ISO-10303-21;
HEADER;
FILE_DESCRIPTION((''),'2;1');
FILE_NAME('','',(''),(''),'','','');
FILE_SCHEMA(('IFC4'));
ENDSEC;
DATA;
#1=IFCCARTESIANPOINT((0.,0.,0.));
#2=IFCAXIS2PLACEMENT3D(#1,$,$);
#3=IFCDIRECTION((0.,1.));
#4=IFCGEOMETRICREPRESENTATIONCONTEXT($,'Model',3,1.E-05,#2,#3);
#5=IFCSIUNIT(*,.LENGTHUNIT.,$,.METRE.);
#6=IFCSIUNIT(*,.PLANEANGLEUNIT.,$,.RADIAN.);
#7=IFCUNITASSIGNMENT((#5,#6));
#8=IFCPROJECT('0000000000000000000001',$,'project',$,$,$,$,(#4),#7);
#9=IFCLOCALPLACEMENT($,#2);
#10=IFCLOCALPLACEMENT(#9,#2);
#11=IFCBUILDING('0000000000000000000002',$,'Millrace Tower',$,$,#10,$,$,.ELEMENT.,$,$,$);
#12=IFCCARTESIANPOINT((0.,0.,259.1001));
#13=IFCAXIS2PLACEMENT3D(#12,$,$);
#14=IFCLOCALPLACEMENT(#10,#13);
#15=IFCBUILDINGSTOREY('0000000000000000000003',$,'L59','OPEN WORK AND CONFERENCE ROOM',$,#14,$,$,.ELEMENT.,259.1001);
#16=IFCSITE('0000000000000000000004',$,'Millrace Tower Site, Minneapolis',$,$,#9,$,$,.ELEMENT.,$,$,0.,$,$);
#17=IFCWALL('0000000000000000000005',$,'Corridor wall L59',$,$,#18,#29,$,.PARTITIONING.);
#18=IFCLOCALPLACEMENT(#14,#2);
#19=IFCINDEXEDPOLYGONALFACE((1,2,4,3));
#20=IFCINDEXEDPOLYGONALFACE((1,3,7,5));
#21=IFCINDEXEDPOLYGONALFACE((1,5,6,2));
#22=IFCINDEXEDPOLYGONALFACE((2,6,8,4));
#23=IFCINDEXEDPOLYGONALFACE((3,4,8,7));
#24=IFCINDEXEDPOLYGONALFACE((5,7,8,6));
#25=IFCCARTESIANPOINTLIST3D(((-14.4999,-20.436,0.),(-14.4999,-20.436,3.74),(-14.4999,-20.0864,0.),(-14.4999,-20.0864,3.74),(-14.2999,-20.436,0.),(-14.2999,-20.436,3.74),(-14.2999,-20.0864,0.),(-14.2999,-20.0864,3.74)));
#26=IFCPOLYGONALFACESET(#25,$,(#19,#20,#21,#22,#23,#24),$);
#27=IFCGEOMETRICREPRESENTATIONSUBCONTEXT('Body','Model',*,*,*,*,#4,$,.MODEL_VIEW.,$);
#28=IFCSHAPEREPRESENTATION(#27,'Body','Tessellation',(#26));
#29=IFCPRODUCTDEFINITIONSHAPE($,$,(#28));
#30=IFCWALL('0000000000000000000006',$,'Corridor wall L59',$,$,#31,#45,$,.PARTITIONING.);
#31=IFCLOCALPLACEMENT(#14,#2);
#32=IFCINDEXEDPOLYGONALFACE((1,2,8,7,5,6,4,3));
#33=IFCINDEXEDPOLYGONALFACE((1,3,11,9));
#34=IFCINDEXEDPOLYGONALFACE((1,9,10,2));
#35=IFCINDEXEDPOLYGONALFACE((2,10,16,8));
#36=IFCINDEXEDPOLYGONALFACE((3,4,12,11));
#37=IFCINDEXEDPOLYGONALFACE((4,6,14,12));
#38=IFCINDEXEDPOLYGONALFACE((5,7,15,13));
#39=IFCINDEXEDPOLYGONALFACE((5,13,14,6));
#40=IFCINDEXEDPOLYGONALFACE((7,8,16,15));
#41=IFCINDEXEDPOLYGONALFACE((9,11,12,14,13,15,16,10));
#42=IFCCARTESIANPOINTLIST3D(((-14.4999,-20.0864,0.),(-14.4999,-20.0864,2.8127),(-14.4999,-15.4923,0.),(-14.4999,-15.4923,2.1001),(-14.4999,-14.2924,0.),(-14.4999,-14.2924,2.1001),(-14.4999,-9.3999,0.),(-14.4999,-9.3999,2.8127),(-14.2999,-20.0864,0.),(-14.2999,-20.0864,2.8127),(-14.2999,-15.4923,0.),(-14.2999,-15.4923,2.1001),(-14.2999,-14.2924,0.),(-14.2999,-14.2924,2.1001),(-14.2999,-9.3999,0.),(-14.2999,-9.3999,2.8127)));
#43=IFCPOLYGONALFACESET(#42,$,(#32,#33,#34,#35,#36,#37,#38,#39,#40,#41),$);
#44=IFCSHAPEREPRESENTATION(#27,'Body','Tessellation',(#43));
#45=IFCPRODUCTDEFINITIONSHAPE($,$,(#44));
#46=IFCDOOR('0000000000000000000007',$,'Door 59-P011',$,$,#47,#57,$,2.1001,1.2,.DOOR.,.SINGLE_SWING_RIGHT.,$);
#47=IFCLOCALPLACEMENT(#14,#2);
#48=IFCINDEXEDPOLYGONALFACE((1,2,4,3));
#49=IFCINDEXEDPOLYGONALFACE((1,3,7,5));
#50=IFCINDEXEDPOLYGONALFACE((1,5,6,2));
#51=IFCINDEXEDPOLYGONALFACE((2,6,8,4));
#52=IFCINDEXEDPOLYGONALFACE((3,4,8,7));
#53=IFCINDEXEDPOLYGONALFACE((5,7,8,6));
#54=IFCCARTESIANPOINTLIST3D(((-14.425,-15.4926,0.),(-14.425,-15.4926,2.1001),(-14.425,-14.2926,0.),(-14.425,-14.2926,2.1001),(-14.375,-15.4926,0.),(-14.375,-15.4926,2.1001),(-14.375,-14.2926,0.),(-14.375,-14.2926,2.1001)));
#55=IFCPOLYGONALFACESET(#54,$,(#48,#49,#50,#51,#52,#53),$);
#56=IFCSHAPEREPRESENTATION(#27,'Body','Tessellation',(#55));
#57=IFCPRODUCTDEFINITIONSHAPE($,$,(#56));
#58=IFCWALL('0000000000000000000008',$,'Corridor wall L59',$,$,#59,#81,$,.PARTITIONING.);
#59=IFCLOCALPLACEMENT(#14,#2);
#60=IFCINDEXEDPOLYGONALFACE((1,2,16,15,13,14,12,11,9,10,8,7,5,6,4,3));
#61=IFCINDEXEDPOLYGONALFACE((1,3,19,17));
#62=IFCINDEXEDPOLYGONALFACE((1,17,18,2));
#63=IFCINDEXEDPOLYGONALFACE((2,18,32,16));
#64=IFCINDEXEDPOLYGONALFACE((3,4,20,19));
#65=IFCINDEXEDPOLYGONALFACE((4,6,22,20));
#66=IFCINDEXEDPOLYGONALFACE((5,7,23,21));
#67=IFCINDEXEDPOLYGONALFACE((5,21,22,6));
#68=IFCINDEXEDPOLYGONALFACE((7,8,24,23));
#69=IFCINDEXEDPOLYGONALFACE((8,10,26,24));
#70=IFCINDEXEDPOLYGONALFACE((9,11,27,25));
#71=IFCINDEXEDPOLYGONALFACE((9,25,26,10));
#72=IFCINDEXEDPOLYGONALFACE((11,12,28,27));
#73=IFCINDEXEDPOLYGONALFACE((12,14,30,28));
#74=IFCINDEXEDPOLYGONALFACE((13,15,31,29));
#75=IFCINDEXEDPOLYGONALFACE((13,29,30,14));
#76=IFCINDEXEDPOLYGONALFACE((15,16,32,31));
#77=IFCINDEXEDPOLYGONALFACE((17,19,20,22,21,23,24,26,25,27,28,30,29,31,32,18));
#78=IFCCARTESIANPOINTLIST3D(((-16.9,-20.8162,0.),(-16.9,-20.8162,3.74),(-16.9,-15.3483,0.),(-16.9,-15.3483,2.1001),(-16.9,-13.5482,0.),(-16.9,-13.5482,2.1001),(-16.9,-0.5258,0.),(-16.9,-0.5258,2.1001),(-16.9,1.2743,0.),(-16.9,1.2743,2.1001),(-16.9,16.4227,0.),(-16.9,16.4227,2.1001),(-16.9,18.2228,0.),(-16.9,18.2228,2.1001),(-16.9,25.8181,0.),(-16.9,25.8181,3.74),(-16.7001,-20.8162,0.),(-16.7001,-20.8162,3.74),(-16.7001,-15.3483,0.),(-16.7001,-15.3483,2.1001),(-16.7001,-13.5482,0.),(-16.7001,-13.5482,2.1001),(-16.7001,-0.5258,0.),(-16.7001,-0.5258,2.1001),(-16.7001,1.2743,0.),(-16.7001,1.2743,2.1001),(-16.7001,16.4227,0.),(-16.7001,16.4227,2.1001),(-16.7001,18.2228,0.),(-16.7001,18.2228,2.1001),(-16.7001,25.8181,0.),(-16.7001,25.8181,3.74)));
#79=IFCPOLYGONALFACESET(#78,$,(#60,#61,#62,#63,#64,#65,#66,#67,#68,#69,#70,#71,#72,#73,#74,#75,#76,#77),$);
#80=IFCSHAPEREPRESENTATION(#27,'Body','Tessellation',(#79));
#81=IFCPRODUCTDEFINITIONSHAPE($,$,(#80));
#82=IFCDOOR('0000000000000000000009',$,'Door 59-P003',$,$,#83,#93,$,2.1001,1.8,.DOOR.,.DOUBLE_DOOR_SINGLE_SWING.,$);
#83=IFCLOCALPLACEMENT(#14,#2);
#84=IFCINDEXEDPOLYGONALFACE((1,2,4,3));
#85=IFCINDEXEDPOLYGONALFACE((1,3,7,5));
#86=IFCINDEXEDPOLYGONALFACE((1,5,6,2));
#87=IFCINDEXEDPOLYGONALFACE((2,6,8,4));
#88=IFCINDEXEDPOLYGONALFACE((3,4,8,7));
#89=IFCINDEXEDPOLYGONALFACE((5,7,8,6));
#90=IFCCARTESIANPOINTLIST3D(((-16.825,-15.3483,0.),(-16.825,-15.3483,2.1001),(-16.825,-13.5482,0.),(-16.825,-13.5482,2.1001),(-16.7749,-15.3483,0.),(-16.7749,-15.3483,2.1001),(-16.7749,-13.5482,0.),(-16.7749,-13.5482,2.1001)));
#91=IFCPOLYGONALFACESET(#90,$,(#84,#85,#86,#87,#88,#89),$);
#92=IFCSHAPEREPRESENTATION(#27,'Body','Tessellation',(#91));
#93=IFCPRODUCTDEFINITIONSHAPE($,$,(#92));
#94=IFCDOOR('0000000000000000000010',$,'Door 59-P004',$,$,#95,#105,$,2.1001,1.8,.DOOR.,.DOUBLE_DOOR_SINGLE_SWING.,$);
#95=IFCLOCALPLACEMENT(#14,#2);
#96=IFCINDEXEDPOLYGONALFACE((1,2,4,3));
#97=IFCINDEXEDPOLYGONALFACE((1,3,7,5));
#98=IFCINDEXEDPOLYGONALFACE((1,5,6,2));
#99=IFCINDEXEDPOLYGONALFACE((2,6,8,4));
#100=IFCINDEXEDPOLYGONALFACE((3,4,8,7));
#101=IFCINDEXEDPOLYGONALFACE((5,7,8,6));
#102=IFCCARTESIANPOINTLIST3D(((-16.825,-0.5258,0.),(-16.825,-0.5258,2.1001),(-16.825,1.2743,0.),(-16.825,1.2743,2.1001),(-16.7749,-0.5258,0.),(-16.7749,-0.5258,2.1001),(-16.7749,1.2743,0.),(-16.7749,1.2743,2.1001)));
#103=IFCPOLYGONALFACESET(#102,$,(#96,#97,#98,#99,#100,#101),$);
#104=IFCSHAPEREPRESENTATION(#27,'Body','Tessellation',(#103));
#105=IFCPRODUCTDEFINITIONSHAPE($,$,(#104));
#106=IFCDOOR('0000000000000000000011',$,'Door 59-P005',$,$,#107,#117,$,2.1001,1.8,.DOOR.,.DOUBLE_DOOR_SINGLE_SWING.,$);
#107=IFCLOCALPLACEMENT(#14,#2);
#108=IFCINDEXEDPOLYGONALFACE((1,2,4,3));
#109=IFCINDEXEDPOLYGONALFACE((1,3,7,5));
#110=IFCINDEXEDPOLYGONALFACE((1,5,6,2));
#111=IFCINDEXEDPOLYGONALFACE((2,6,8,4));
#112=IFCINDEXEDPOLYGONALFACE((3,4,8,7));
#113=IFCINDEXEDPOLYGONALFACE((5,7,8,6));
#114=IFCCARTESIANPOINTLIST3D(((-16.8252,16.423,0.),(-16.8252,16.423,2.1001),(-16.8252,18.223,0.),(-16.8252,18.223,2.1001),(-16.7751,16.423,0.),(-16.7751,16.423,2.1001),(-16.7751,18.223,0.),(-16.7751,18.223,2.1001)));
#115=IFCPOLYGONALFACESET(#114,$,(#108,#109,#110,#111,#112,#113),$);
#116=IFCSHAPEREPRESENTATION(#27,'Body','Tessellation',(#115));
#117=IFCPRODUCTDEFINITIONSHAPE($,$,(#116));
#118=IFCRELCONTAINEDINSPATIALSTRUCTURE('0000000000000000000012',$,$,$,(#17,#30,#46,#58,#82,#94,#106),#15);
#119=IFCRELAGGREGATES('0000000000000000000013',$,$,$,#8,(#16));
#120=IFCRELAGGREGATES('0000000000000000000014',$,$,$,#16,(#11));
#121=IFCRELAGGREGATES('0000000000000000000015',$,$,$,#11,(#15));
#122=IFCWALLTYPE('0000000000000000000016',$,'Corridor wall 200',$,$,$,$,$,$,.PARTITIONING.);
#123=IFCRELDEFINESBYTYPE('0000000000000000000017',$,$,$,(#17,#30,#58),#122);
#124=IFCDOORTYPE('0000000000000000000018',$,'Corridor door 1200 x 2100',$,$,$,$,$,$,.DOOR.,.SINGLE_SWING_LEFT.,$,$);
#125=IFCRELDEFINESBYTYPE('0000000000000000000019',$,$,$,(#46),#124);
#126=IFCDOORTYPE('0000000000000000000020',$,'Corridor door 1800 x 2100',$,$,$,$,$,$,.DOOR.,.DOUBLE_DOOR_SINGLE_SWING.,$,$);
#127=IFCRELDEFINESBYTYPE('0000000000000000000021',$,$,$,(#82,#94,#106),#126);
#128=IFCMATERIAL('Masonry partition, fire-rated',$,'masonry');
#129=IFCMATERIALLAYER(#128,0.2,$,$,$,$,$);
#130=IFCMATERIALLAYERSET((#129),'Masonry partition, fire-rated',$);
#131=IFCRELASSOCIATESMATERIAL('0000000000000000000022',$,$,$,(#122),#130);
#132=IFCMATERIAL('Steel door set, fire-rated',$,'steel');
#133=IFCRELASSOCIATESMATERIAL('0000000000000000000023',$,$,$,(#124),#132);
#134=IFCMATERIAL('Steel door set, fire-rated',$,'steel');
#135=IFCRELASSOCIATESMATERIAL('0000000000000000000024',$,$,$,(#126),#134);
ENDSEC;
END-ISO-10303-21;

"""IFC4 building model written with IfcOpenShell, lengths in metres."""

from ifc_helpers import new_model, si_unit, direction, frame, frame_2d, origin, place, context, subcontext, project, spatial, rectangle, extrude, material, layer, layer_set, type_object, element, fill, save


model = new_model("IFC4")

# Units and contexts
model_context = context("Model", 3, precision=1e-05, world=origin(), true_north=direction((0.0, 1.0)))
body_context = subcontext(model_context, "Body", "Model", "MODEL_VIEW")
ifc_project = project(units=[si_unit("LENGTHUNIT", "METRE"), si_unit("PLANEANGLEUNIT", "RADIAN")], contexts=[model_context])

# Site, building, storey
site_placement = place(None, origin())
site = spatial("IfcSite", under=ifc_project, at=site_placement, Name="Millrace Tower Site, Minneapolis", CompositionType="ELEMENT", RefElevation=0.0)
building_placement = place(site_placement, origin())
building = spatial("IfcBuilding", under=site, at=building_placement, Name="Millrace Tower", CompositionType="ELEMENT")
storey_placement = place(building_placement, frame((0.0, 0.0, 259.1001)))
storey = spatial("IfcBuildingStorey", under=building, at=storey_placement, Name="L59", Description="OPEN WORK AND CONFERENCE ROOM", CompositionType="ELEMENT", Elevation=259.1001)

# Wall
ifc_material_1 = material(Name="Masonry partition, fire-rated", Category="masonry")
ifc_layer_1 = layer(ifc_material_1, 0.2)
ifc_layer_set_1 = layer_set([ifc_layer_1], Name="Masonry partition, fire-rated")
wall_type = type_object("IfcWallType", Name="Corridor wall 200", PredefinedType="PARTITIONING", material=ifc_layer_set_1)
wall_1_placement = place(storey_placement, frame((-14.3999, -20.436, 0.0), z_axis=(0.0, 0.0, 1.0), x_axis=(0.0, 1.0, 0.0)))
element("IfcWall", 1, at=wall_1_placement, inside=storey, type_object=wall_type, Name="Corridor wall L59", PredefinedType="PARTITIONING", context=body_context, shape_type="SweptSolid", body=[
    extrude(rectangle(XDim=0.3496, YDim=0.2, at=frame_2d((0.1748, 0.0))), origin(), (0.0, 0.0, 1.0), 3.74),
])

# Wall, opening, door
wall_2_placement = place(storey_placement, frame((-14.3999, -20.0864, 0.0), z_axis=(0.0, 0.0, 1.0), x_axis=(0.0, 1.0, 0.0)))
wall_2 = element("IfcWall", 2, at=wall_2_placement, inside=storey, type_object=wall_type, Name="Corridor wall L59", PredefinedType="PARTITIONING", context=body_context, shape_type="SweptSolid", body=[
    extrude(rectangle(XDim=10.6865, YDim=0.2, at=frame_2d((5.3433, 0.0))), origin(), (0.0, 0.0, 1.0), 2.8127),
])
opening_1_placement = place(wall_2_placement, frame((4.594, 0.0, 0.0)))
opening_1 = element("IfcOpeningElement", 3, at=opening_1_placement, cuts=wall_2, PredefinedType="OPENING", context=body_context, shape_type="SweptSolid", body=[
    extrude(rectangle(XDim=1.2, YDim=2.1001, at=frame_2d((0.6001, 1.05))), frame((0.0, 0.1099, 0.0), z_axis=(0.0, -1.0, 0.0), x_axis=(1.0, 0.0, 0.0)), (0.0, 0.0, 1.0), 0.22),
])
ifc_material_2 = material(Name="Steel door set, fire-rated", Category="steel")
door_type_1 = type_object("IfcDoorType", Name="Corridor door 1200 x 2100", OperationType="SINGLE_SWING_LEFT", PredefinedType="DOOR", material=ifc_material_2)
door_1_placement = place(opening_1_placement, frame((1.2, 0.0, 0.0), z_axis=(0.0, 0.0, 1.0), x_axis=(-1.0, 0.0, 0.0)))
door_1 = element("IfcDoor", 4, at=door_1_placement, inside=storey, type_object=door_type_1, Name="Door 59-P011", OperationType="SINGLE_SWING_RIGHT", OverallHeight=2.1001, OverallWidth=1.2, PredefinedType="DOOR", context=body_context, shape_type="SweptSolid", body=[
    extrude(rectangle(XDim=1.2, YDim=2.1001, at=frame_2d((0.6001, 1.05))), frame((0.0, 0.0249, 0.0), z_axis=(0.0, -1.0, 0.0), x_axis=(1.0, 0.0, 0.0)), (0.0, 0.0, 1.0), 0.05),
])
fill(opening_1, door_1)

# Wall, openings, doors
wall_3_placement = place(storey_placement, frame((-16.8, -20.8162, 0.0), z_axis=(0.0, 0.0, 1.0), x_axis=(0.0, 1.0, 0.0)))
wall_3 = element("IfcWall", 5, at=wall_3_placement, inside=storey, type_object=wall_type, Name="Corridor wall L59", PredefinedType="PARTITIONING", context=body_context, shape_type="SweptSolid", body=[
    extrude(rectangle(XDim=46.6343, YDim=0.2, at=frame_2d((23.3171, 0.0))), origin(), (0.0, 0.0, 1.0), 3.74),
])
opening_2_placement = place(wall_3_placement, frame((5.468, 0.0, 0.0)))
opening_2 = element("IfcOpeningElement", 6, at=opening_2_placement, cuts=wall_3, PredefinedType="OPENING", context=body_context, shape_type="SweptSolid", body=[
    extrude(rectangle(XDim=1.8, YDim=2.1001, at=frame_2d((0.8999, 1.05))), frame((0.0, 0.1099, 0.0), z_axis=(0.0, -1.0, 0.0), x_axis=(1.0, 0.0, 0.0)), (0.0, 0.0, 1.0), 0.22),
])
opening_3_placement = place(wall_3_placement, frame((20.2905, 0.0, 0.0)))
opening_3 = element("IfcOpeningElement", 7, at=opening_3_placement, cuts=wall_3, PredefinedType="OPENING", context=body_context, shape_type="SweptSolid", body=[
    extrude(rectangle(XDim=1.8, YDim=2.1001, at=frame_2d((0.8999, 1.05))), frame((0.0, 0.1099, 0.0), z_axis=(0.0, -1.0, 0.0), x_axis=(1.0, 0.0, 0.0)), (0.0, 0.0, 1.0), 0.22),
])
opening_4_placement = place(wall_3_placement, frame((37.239, 0.0, 0.0)))
opening_4 = element("IfcOpeningElement", 8, at=opening_4_placement, cuts=wall_3, PredefinedType="OPENING", context=body_context, shape_type="SweptSolid", body=[
    extrude(rectangle(XDim=1.8, YDim=2.1001, at=frame_2d((0.8999, 1.05))), frame((0.0, 0.1099, 0.0), z_axis=(0.0, -1.0, 0.0), x_axis=(1.0, 0.0, 0.0)), (0.0, 0.0, 1.0), 0.22),
])
ifc_material_3 = material(Name="Steel door set, fire-rated", Category="steel")
door_type_2 = type_object("IfcDoorType", Name="Corridor door 1800 x 2100", OperationType="DOUBLE_DOOR_SINGLE_SWING", PredefinedType="DOOR", material=ifc_material_3)
door_2_placement = place(opening_2_placement, origin())
door_2 = element("IfcDoor", 9, at=door_2_placement, inside=storey, type_object=door_type_2, Name="Door 59-P003", OperationType="DOUBLE_DOOR_SINGLE_SWING", OverallHeight=2.1001, OverallWidth=1.8, PredefinedType="DOOR", context=body_context, shape_type="SweptSolid", body=[
    extrude(rectangle(XDim=1.8, YDim=2.1001, at=frame_2d((0.8999, 1.05))), frame((0.0, 0.0249, 0.0), z_axis=(0.0, -1.0, 0.0), x_axis=(1.0, 0.0, 0.0)), (0.0, 0.0, 1.0), 0.05),
])
fill(opening_2, door_2)
door_3_placement = place(opening_3_placement, origin())
door_3 = element("IfcDoor", 10, at=door_3_placement, inside=storey, type_object=door_type_2, Name="Door 59-P004", OperationType="DOUBLE_DOOR_SINGLE_SWING", OverallHeight=2.1001, OverallWidth=1.8, PredefinedType="DOOR", context=body_context, shape_type="SweptSolid", body=[
    extrude(rectangle(XDim=1.8, YDim=2.1001, at=frame_2d((0.8999, 1.05))), frame((0.0, 0.0249, 0.0), z_axis=(0.0, -1.0, 0.0), x_axis=(1.0, 0.0, 0.0)), (0.0, 0.0, 1.0), 0.05),
])
fill(opening_3, door_3)
door_4_placement = place(opening_4_placement, frame((1.8, 0.0, 0.0), z_axis=(0.0, 0.0, 1.0), x_axis=(-1.0, 0.0, 0.0)))
door_4 = element("IfcDoor", 11, at=door_4_placement, inside=storey, type_object=door_type_2, Name="Door 59-P005", OperationType="DOUBLE_DOOR_SINGLE_SWING", OverallHeight=2.1001, OverallWidth=1.8, PredefinedType="DOOR", context=body_context, shape_type="SweptSolid", body=[
    extrude(rectangle(XDim=1.8, YDim=2.1001, at=frame_2d((0.8999, 1.05))), frame((0.0, 0.0249, 0.0), z_axis=(0.0, -1.0, 0.0), x_axis=(1.0, 0.0, 0.0)), (0.0, 0.0, 1.0), 0.05),
])
fill(opening_4, door_4)

save(model, "model.ifc")
